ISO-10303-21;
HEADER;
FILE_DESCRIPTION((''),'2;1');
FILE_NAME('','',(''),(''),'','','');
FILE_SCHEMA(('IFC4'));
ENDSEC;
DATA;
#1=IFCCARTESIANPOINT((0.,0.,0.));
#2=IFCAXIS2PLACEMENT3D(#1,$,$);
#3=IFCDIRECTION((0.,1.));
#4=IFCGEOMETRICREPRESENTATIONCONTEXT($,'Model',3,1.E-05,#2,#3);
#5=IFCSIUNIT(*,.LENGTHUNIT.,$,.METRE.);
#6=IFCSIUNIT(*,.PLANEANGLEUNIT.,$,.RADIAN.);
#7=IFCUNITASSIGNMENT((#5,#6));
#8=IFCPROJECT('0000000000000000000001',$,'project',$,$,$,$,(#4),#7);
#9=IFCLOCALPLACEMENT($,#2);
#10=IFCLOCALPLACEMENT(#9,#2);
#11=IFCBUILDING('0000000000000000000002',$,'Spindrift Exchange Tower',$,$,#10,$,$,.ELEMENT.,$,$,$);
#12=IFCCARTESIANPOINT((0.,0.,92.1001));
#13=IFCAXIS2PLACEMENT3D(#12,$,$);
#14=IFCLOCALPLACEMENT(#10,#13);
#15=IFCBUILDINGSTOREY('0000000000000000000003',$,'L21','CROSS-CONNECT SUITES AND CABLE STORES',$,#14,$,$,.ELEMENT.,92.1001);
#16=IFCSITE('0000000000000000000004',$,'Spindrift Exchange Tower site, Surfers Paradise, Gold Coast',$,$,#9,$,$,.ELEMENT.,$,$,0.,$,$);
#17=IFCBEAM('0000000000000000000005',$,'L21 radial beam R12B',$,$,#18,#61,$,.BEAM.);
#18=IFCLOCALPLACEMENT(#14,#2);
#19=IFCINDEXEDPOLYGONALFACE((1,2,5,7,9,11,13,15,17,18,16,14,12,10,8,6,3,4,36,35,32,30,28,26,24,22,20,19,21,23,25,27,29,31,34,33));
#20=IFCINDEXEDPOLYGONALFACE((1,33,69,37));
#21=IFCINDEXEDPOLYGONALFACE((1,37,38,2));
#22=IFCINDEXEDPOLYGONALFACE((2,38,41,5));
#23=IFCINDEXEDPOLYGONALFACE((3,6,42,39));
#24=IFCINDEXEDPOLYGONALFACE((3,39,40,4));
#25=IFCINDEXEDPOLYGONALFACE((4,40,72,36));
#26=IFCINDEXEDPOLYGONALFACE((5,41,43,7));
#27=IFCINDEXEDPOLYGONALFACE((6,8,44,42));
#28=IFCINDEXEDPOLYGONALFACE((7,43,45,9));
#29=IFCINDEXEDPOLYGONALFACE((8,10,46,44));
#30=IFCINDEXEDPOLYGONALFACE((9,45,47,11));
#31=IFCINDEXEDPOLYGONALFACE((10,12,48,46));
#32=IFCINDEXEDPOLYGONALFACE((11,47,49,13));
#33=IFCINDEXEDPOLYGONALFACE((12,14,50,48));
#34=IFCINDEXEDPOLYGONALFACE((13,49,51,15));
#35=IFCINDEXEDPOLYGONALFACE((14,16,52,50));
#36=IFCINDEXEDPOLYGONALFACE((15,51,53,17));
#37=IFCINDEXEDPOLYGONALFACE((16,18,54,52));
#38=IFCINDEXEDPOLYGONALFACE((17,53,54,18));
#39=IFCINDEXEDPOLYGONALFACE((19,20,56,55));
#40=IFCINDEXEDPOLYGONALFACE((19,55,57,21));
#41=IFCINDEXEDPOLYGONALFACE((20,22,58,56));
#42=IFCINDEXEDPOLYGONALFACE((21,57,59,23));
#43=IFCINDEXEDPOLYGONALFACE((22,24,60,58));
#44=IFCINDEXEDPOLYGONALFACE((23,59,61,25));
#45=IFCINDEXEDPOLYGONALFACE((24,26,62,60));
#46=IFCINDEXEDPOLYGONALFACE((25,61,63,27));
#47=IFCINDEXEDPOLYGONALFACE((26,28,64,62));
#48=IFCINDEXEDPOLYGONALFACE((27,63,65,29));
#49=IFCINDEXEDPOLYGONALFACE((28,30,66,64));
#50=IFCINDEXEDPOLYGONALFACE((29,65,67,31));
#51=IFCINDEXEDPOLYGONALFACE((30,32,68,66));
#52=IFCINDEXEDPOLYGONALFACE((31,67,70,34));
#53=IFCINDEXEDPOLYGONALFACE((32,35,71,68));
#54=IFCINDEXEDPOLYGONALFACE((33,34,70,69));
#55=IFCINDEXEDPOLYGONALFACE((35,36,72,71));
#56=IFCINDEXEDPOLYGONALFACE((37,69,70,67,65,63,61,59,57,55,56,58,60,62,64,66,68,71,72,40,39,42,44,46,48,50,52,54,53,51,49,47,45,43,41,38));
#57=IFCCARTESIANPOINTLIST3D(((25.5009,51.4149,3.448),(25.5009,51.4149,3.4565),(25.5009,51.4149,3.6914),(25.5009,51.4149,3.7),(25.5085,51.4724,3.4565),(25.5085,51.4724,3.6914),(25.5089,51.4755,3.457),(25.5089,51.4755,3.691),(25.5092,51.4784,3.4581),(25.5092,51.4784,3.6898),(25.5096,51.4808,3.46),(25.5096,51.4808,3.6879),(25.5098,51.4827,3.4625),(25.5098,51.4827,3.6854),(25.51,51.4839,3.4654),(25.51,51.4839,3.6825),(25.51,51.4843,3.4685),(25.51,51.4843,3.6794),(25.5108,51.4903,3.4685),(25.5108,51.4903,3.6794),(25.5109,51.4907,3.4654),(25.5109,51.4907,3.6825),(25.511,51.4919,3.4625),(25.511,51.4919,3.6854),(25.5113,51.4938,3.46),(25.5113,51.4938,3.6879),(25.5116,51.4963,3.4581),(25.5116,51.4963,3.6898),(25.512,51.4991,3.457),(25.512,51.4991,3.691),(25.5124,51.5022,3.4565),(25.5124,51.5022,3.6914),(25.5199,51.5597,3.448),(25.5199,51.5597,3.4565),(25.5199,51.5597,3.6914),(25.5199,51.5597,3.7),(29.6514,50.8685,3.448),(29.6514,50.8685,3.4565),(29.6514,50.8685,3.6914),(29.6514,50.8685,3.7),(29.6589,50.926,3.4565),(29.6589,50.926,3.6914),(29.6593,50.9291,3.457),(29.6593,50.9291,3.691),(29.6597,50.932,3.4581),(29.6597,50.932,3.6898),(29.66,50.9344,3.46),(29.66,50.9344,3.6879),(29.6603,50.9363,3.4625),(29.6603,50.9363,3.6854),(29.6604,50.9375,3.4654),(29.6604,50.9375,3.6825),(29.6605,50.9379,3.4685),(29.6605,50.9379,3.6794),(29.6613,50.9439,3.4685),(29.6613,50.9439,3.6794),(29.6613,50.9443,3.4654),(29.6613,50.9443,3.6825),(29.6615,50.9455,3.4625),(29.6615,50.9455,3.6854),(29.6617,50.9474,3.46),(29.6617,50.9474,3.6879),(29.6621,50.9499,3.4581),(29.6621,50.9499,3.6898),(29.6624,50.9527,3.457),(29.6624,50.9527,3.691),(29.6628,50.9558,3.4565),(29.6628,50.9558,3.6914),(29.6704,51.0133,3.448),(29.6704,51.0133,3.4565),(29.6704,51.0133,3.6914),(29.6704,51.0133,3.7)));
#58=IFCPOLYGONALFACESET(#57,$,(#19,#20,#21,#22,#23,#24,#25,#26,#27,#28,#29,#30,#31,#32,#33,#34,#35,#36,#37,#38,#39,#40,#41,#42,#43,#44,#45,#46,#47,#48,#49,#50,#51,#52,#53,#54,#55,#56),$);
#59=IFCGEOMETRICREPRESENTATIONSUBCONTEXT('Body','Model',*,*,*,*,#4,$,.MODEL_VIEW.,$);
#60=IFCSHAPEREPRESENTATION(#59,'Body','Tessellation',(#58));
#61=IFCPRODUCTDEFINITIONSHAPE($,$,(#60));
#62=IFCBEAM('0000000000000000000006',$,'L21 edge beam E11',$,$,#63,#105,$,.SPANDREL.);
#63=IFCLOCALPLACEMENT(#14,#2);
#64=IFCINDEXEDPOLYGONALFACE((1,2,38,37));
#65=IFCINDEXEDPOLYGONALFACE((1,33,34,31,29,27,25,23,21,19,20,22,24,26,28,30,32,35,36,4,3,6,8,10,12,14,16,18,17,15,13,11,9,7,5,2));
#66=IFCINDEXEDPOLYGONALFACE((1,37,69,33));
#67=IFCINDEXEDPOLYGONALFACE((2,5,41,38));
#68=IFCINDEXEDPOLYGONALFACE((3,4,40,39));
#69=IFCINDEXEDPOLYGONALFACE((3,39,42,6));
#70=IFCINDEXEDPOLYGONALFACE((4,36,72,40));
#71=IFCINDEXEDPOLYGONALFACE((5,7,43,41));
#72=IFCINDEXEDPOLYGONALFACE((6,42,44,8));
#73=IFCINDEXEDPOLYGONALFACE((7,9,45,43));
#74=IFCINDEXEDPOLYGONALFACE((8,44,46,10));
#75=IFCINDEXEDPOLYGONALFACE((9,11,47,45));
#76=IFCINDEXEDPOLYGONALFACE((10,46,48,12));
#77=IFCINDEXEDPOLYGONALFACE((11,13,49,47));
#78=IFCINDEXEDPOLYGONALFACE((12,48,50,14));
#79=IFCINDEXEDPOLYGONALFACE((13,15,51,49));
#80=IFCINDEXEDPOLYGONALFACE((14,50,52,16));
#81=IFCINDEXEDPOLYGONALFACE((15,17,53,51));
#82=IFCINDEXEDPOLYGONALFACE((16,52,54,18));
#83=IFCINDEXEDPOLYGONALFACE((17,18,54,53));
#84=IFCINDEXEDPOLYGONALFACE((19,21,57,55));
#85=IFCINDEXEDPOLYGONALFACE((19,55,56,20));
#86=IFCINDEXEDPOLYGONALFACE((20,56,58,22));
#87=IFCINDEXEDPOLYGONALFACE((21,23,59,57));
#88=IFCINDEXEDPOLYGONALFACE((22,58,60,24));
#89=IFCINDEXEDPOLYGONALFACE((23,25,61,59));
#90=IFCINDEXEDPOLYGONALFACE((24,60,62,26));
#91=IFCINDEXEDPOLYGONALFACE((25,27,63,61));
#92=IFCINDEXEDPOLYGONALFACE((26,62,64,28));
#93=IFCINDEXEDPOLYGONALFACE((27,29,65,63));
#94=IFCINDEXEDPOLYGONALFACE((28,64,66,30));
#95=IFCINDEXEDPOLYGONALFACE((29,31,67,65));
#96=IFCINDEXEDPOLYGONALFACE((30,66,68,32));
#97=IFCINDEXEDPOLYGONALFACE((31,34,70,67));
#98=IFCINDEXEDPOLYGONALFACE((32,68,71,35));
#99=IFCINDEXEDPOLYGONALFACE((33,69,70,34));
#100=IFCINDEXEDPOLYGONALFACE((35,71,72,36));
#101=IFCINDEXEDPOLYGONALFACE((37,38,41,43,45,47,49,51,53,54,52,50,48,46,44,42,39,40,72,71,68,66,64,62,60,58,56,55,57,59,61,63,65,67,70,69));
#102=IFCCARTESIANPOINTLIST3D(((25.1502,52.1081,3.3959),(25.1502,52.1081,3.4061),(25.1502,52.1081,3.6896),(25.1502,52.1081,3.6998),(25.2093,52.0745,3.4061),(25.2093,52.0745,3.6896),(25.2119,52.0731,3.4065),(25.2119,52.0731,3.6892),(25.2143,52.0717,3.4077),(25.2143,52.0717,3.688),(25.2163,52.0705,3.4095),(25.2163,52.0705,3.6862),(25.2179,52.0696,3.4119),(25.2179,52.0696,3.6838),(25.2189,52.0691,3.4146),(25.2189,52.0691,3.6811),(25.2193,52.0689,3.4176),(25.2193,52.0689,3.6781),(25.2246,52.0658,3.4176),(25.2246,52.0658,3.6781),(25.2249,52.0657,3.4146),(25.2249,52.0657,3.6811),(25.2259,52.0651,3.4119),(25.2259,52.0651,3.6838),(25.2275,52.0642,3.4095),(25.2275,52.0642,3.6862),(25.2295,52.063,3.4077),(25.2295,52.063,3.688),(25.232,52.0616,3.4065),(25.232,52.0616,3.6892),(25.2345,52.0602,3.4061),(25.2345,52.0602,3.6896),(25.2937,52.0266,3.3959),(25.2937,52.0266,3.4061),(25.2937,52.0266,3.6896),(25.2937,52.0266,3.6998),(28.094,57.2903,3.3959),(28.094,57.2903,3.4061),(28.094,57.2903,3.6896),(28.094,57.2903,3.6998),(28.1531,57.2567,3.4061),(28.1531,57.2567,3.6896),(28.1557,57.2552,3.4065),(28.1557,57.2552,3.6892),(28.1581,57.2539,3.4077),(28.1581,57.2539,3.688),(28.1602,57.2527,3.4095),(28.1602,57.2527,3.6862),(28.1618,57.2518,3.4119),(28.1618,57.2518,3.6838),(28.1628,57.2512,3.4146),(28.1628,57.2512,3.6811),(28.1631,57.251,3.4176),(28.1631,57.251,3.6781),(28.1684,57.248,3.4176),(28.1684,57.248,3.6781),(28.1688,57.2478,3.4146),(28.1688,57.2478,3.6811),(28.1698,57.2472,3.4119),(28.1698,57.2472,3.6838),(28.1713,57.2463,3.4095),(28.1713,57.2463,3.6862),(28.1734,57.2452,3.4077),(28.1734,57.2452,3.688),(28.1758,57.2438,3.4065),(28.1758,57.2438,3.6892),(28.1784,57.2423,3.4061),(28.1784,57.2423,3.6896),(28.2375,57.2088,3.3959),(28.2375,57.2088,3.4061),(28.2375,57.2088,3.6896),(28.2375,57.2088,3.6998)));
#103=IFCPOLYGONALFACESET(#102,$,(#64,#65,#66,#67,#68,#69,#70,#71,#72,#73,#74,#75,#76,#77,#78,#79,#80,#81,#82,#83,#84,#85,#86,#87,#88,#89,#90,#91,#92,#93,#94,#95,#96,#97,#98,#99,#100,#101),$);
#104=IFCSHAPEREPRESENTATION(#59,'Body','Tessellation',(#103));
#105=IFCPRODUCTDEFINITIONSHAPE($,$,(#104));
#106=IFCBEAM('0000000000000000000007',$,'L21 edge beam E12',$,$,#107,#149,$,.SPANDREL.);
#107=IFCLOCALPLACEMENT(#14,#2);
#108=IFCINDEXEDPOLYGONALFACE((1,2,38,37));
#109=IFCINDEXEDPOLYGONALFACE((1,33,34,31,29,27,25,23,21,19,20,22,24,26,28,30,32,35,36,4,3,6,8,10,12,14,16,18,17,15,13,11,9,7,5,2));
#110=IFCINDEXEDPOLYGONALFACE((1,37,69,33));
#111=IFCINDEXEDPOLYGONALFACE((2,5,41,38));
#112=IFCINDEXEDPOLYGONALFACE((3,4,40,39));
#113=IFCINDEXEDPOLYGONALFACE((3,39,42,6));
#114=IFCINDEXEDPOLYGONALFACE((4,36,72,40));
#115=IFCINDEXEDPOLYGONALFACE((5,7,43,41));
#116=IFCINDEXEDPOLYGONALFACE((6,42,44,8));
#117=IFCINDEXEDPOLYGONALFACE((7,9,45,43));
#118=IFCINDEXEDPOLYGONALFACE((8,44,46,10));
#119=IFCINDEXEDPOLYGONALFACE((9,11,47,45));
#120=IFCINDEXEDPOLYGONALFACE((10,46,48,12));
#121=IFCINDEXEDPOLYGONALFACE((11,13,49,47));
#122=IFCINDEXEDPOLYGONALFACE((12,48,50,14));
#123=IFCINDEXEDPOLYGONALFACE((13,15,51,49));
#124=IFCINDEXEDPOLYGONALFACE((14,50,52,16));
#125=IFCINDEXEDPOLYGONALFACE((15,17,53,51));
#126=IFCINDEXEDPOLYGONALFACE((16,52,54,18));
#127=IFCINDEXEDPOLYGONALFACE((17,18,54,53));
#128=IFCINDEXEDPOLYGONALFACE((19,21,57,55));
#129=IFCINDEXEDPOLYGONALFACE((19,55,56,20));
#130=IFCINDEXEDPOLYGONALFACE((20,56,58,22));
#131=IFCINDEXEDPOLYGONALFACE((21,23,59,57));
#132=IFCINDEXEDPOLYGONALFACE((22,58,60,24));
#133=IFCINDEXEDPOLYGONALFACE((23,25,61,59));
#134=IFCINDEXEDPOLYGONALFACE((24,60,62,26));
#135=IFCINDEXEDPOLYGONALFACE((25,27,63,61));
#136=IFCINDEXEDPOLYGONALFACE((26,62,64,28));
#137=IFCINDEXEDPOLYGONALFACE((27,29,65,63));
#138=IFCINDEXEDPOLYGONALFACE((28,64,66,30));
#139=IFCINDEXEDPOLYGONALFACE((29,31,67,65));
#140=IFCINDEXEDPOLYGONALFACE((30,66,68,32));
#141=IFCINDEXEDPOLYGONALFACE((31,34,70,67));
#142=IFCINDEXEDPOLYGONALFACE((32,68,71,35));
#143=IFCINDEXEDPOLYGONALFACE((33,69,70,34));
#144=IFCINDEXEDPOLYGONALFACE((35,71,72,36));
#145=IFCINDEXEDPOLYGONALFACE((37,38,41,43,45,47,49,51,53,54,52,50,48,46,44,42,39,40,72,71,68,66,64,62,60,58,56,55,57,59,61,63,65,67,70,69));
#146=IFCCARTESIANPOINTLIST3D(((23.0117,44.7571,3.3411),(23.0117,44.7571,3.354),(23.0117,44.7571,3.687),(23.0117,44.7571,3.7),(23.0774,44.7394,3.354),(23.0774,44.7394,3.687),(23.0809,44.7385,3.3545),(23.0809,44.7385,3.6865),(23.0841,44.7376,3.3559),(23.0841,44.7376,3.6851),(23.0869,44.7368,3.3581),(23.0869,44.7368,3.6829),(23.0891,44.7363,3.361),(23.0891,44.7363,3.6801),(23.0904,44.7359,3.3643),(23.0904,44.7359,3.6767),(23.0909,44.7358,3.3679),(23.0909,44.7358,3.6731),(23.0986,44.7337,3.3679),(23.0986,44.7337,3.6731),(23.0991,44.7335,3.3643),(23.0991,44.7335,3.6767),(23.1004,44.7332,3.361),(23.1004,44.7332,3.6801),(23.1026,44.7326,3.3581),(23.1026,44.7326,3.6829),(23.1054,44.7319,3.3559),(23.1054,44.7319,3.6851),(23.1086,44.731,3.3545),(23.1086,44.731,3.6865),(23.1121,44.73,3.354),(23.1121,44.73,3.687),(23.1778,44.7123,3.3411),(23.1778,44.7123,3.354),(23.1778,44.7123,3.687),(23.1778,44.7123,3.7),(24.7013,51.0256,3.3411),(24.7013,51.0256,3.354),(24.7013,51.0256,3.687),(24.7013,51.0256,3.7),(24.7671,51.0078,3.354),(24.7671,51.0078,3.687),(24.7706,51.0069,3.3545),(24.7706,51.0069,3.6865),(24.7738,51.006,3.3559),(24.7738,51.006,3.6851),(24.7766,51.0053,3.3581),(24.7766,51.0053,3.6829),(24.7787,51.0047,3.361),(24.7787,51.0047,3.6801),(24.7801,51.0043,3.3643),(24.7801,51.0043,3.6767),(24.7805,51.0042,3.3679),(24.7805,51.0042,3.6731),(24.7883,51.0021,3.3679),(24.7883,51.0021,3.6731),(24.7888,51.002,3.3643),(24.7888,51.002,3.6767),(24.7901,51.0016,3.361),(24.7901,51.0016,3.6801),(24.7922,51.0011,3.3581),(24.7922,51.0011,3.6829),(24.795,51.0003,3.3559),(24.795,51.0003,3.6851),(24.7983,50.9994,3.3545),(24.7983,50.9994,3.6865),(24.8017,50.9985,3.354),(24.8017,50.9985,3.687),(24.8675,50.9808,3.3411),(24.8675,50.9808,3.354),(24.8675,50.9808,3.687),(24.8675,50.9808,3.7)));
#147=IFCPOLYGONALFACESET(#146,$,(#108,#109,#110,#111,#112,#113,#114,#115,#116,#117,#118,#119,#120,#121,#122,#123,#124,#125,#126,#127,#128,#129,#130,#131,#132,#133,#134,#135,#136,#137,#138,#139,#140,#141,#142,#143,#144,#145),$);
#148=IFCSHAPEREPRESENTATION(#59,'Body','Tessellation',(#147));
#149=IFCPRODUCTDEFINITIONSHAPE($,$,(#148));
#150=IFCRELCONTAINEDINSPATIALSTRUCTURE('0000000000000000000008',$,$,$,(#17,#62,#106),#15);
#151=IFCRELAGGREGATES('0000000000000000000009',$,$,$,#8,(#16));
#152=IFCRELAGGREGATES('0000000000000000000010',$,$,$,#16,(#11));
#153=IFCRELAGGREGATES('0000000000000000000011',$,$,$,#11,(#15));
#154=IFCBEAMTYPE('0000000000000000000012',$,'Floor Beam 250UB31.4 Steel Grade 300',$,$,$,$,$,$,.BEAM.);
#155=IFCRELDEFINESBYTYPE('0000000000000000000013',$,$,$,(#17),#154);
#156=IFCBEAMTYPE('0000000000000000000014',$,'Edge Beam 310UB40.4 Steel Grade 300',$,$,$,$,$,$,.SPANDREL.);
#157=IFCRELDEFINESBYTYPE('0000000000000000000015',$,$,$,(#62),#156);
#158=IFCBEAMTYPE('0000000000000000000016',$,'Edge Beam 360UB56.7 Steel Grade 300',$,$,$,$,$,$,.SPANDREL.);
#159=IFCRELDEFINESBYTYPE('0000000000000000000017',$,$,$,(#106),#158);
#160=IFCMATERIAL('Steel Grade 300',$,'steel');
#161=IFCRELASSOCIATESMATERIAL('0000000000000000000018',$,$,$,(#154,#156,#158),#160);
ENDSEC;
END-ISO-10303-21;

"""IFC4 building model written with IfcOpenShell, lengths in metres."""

from ifc_helpers import new_model, si_unit, direction, frame, origin, origin_2d, place, context, subcontext, project, spatial, i_section, extrude, source, transform, mapped, material, material_profile, profile_set, type_object, element, save


model = new_model("IFC4")

# Units and contexts
model_context = context("Model", 3, precision=1e-05, world=origin(), true_north=direction((0.0, 1.0)))
body_context = subcontext(model_context, "Body", "Model", "MODEL_VIEW")
ifc_project = project(units=[si_unit("LENGTHUNIT", "METRE"), si_unit("PLANEANGLEUNIT", "RADIAN")], contexts=[model_context])

# Site, building, storey
site_placement = place(None, origin())
site = spatial("IfcSite", under=ifc_project, at=site_placement, Name="Spindrift Exchange Tower site, Surfers Paradise, Gold Coast", CompositionType="ELEMENT", RefElevation=0.0)
building_placement = place(site_placement, origin())
building = spatial("IfcBuilding", under=site, at=building_placement, Name="Spindrift Exchange Tower", CompositionType="ELEMENT")
storey_placement = place(building_placement, frame((0.0, 0.0, 92.1001)))
storey = spatial("IfcBuildingStorey", under=building, at=storey_placement, Name="L21", Description="CROSS-CONNECT SUITES AND CABLE STORES", CompositionType="ELEMENT", Elevation=92.1001)

# Beams
ifc_material_1 = material(Name="Steel Grade 300", Category="steel")
ifc_material_profile_1 = material_profile(ifc_material_1, i_section(OverallWidth=0.146, OverallDepth=0.252, WebThickness=0.0061, FlangeThickness=0.0085, FilletRadius=0.012, at=origin_2d()), Name="250UB31.4")
ifc_profile_set_1 = profile_set([ifc_material_profile_1], Name="Steel Grade 300")
beam_type_1 = type_object("IfcBeamType", Name="Floor Beam 250UB31.4 Steel Grade 300", PredefinedType="BEAM", material=ifc_profile_set_1)
shared_shape_1 = source(origin(), body_context, "Body", "SweptSolid", [
    extrude(i_section(OverallWidth=0.146, OverallDepth=0.252, WebThickness=0.0061, FlangeThickness=0.0085, FilletRadius=0.012, at=origin_2d()), origin(), (0.0, 0.0, 1.0), 4.1863),
])
beam_1_placement = place(storey_placement, frame((29.6609, 50.9409, 3.574), z_axis=(-0.991446, 0.130521, 0.0), x_axis=(-0.130521, -0.991446, 0.0)))
element("IfcBeam", 1, at=beam_1_placement, inside=storey, type_object=beam_type_1, Name="L21 radial beam R12B", PredefinedType="BEAM", context=body_context, shape_type="MappedRepresentation", body=[
    mapped(shared_shape_1, transform((0.0, 0.0, 0.0), scale=1.0)),
])
ifc_material_profile_2 = material_profile(ifc_material_1, i_section(OverallWidth=0.165, OverallDepth=0.304, WebThickness=0.0061, FlangeThickness=0.0103, FilletRadius=0.0115, at=origin_2d()), Name="310UB40.4")
ifc_profile_set_2 = profile_set([ifc_material_profile_2], Name="Steel Grade 300")
beam_type_2 = type_object("IfcBeamType", Name="Edge Beam 310UB40.4 Steel Grade 300", PredefinedType="SPANDREL", material=ifc_profile_set_2)
shared_shape_2 = source(origin(), body_context, "Body", "SweptSolid", [
    extrude(i_section(OverallWidth=0.165, OverallDepth=0.304, WebThickness=0.0061, FlangeThickness=0.0103, FilletRadius=0.0115, at=origin_2d()), origin(), (0.0, 0.0, 1.0), 5.96),
])
beam_2_placement = place(storey_placement, frame((28.1658, 57.2495, 3.5479), z_axis=(-0.49394, -0.869496, 0.0), x_axis=(0.869496, -0.49394, 0.0)))
element("IfcBeam", 2, at=beam_2_placement, inside=storey, type_object=beam_type_2, Name="L21 edge beam E11", PredefinedType="SPANDREL", context=body_context, shape_type="MappedRepresentation", body=[
    mapped(shared_shape_2, transform((0.0, 0.0, 0.0), scale=1.0)),
])
ifc_material_profile_3 = material_profile(ifc_material_1, i_section(OverallWidth=0.1721, OverallDepth=0.3589, WebThickness=0.0081, FlangeThickness=0.0129, FilletRadius=0.0139, at=origin_2d()), Name="360UB56.7")
ifc_profile_set_3 = profile_set([ifc_material_profile_3], Name="Steel Grade 300")
beam_type_3 = type_object("IfcBeamType", Name="Edge Beam 360UB56.7 Steel Grade 300", PredefinedType="SPANDREL", material=ifc_profile_set_3)
shared_shape_3 = source(origin(), body_context, "Body", "SweptSolid", [
    extrude(i_section(OverallWidth=0.1721, OverallDepth=0.3589, WebThickness=0.0081, FlangeThickness=0.0129, FilletRadius=0.0139, at=origin_2d()), origin(), (0.0, 0.0, 1.0), 6.4922),
])
beam_3_placement = place(storey_placement, frame((24.7844, 51.0032, 3.5205), z_axis=(-0.260262, -0.965538, 0.0), x_axis=(0.965538, -0.260262, 0.0)))
element("IfcBeam", 3, at=beam_3_placement, inside=storey, type_object=beam_type_3, Name="L21 edge beam E12", PredefinedType="SPANDREL", context=body_context, shape_type="MappedRepresentation", body=[
    mapped(shared_shape_3, transform((0.0, 0.0, 0.0), scale=1.0)),
])

save(model, "model.ifc")
